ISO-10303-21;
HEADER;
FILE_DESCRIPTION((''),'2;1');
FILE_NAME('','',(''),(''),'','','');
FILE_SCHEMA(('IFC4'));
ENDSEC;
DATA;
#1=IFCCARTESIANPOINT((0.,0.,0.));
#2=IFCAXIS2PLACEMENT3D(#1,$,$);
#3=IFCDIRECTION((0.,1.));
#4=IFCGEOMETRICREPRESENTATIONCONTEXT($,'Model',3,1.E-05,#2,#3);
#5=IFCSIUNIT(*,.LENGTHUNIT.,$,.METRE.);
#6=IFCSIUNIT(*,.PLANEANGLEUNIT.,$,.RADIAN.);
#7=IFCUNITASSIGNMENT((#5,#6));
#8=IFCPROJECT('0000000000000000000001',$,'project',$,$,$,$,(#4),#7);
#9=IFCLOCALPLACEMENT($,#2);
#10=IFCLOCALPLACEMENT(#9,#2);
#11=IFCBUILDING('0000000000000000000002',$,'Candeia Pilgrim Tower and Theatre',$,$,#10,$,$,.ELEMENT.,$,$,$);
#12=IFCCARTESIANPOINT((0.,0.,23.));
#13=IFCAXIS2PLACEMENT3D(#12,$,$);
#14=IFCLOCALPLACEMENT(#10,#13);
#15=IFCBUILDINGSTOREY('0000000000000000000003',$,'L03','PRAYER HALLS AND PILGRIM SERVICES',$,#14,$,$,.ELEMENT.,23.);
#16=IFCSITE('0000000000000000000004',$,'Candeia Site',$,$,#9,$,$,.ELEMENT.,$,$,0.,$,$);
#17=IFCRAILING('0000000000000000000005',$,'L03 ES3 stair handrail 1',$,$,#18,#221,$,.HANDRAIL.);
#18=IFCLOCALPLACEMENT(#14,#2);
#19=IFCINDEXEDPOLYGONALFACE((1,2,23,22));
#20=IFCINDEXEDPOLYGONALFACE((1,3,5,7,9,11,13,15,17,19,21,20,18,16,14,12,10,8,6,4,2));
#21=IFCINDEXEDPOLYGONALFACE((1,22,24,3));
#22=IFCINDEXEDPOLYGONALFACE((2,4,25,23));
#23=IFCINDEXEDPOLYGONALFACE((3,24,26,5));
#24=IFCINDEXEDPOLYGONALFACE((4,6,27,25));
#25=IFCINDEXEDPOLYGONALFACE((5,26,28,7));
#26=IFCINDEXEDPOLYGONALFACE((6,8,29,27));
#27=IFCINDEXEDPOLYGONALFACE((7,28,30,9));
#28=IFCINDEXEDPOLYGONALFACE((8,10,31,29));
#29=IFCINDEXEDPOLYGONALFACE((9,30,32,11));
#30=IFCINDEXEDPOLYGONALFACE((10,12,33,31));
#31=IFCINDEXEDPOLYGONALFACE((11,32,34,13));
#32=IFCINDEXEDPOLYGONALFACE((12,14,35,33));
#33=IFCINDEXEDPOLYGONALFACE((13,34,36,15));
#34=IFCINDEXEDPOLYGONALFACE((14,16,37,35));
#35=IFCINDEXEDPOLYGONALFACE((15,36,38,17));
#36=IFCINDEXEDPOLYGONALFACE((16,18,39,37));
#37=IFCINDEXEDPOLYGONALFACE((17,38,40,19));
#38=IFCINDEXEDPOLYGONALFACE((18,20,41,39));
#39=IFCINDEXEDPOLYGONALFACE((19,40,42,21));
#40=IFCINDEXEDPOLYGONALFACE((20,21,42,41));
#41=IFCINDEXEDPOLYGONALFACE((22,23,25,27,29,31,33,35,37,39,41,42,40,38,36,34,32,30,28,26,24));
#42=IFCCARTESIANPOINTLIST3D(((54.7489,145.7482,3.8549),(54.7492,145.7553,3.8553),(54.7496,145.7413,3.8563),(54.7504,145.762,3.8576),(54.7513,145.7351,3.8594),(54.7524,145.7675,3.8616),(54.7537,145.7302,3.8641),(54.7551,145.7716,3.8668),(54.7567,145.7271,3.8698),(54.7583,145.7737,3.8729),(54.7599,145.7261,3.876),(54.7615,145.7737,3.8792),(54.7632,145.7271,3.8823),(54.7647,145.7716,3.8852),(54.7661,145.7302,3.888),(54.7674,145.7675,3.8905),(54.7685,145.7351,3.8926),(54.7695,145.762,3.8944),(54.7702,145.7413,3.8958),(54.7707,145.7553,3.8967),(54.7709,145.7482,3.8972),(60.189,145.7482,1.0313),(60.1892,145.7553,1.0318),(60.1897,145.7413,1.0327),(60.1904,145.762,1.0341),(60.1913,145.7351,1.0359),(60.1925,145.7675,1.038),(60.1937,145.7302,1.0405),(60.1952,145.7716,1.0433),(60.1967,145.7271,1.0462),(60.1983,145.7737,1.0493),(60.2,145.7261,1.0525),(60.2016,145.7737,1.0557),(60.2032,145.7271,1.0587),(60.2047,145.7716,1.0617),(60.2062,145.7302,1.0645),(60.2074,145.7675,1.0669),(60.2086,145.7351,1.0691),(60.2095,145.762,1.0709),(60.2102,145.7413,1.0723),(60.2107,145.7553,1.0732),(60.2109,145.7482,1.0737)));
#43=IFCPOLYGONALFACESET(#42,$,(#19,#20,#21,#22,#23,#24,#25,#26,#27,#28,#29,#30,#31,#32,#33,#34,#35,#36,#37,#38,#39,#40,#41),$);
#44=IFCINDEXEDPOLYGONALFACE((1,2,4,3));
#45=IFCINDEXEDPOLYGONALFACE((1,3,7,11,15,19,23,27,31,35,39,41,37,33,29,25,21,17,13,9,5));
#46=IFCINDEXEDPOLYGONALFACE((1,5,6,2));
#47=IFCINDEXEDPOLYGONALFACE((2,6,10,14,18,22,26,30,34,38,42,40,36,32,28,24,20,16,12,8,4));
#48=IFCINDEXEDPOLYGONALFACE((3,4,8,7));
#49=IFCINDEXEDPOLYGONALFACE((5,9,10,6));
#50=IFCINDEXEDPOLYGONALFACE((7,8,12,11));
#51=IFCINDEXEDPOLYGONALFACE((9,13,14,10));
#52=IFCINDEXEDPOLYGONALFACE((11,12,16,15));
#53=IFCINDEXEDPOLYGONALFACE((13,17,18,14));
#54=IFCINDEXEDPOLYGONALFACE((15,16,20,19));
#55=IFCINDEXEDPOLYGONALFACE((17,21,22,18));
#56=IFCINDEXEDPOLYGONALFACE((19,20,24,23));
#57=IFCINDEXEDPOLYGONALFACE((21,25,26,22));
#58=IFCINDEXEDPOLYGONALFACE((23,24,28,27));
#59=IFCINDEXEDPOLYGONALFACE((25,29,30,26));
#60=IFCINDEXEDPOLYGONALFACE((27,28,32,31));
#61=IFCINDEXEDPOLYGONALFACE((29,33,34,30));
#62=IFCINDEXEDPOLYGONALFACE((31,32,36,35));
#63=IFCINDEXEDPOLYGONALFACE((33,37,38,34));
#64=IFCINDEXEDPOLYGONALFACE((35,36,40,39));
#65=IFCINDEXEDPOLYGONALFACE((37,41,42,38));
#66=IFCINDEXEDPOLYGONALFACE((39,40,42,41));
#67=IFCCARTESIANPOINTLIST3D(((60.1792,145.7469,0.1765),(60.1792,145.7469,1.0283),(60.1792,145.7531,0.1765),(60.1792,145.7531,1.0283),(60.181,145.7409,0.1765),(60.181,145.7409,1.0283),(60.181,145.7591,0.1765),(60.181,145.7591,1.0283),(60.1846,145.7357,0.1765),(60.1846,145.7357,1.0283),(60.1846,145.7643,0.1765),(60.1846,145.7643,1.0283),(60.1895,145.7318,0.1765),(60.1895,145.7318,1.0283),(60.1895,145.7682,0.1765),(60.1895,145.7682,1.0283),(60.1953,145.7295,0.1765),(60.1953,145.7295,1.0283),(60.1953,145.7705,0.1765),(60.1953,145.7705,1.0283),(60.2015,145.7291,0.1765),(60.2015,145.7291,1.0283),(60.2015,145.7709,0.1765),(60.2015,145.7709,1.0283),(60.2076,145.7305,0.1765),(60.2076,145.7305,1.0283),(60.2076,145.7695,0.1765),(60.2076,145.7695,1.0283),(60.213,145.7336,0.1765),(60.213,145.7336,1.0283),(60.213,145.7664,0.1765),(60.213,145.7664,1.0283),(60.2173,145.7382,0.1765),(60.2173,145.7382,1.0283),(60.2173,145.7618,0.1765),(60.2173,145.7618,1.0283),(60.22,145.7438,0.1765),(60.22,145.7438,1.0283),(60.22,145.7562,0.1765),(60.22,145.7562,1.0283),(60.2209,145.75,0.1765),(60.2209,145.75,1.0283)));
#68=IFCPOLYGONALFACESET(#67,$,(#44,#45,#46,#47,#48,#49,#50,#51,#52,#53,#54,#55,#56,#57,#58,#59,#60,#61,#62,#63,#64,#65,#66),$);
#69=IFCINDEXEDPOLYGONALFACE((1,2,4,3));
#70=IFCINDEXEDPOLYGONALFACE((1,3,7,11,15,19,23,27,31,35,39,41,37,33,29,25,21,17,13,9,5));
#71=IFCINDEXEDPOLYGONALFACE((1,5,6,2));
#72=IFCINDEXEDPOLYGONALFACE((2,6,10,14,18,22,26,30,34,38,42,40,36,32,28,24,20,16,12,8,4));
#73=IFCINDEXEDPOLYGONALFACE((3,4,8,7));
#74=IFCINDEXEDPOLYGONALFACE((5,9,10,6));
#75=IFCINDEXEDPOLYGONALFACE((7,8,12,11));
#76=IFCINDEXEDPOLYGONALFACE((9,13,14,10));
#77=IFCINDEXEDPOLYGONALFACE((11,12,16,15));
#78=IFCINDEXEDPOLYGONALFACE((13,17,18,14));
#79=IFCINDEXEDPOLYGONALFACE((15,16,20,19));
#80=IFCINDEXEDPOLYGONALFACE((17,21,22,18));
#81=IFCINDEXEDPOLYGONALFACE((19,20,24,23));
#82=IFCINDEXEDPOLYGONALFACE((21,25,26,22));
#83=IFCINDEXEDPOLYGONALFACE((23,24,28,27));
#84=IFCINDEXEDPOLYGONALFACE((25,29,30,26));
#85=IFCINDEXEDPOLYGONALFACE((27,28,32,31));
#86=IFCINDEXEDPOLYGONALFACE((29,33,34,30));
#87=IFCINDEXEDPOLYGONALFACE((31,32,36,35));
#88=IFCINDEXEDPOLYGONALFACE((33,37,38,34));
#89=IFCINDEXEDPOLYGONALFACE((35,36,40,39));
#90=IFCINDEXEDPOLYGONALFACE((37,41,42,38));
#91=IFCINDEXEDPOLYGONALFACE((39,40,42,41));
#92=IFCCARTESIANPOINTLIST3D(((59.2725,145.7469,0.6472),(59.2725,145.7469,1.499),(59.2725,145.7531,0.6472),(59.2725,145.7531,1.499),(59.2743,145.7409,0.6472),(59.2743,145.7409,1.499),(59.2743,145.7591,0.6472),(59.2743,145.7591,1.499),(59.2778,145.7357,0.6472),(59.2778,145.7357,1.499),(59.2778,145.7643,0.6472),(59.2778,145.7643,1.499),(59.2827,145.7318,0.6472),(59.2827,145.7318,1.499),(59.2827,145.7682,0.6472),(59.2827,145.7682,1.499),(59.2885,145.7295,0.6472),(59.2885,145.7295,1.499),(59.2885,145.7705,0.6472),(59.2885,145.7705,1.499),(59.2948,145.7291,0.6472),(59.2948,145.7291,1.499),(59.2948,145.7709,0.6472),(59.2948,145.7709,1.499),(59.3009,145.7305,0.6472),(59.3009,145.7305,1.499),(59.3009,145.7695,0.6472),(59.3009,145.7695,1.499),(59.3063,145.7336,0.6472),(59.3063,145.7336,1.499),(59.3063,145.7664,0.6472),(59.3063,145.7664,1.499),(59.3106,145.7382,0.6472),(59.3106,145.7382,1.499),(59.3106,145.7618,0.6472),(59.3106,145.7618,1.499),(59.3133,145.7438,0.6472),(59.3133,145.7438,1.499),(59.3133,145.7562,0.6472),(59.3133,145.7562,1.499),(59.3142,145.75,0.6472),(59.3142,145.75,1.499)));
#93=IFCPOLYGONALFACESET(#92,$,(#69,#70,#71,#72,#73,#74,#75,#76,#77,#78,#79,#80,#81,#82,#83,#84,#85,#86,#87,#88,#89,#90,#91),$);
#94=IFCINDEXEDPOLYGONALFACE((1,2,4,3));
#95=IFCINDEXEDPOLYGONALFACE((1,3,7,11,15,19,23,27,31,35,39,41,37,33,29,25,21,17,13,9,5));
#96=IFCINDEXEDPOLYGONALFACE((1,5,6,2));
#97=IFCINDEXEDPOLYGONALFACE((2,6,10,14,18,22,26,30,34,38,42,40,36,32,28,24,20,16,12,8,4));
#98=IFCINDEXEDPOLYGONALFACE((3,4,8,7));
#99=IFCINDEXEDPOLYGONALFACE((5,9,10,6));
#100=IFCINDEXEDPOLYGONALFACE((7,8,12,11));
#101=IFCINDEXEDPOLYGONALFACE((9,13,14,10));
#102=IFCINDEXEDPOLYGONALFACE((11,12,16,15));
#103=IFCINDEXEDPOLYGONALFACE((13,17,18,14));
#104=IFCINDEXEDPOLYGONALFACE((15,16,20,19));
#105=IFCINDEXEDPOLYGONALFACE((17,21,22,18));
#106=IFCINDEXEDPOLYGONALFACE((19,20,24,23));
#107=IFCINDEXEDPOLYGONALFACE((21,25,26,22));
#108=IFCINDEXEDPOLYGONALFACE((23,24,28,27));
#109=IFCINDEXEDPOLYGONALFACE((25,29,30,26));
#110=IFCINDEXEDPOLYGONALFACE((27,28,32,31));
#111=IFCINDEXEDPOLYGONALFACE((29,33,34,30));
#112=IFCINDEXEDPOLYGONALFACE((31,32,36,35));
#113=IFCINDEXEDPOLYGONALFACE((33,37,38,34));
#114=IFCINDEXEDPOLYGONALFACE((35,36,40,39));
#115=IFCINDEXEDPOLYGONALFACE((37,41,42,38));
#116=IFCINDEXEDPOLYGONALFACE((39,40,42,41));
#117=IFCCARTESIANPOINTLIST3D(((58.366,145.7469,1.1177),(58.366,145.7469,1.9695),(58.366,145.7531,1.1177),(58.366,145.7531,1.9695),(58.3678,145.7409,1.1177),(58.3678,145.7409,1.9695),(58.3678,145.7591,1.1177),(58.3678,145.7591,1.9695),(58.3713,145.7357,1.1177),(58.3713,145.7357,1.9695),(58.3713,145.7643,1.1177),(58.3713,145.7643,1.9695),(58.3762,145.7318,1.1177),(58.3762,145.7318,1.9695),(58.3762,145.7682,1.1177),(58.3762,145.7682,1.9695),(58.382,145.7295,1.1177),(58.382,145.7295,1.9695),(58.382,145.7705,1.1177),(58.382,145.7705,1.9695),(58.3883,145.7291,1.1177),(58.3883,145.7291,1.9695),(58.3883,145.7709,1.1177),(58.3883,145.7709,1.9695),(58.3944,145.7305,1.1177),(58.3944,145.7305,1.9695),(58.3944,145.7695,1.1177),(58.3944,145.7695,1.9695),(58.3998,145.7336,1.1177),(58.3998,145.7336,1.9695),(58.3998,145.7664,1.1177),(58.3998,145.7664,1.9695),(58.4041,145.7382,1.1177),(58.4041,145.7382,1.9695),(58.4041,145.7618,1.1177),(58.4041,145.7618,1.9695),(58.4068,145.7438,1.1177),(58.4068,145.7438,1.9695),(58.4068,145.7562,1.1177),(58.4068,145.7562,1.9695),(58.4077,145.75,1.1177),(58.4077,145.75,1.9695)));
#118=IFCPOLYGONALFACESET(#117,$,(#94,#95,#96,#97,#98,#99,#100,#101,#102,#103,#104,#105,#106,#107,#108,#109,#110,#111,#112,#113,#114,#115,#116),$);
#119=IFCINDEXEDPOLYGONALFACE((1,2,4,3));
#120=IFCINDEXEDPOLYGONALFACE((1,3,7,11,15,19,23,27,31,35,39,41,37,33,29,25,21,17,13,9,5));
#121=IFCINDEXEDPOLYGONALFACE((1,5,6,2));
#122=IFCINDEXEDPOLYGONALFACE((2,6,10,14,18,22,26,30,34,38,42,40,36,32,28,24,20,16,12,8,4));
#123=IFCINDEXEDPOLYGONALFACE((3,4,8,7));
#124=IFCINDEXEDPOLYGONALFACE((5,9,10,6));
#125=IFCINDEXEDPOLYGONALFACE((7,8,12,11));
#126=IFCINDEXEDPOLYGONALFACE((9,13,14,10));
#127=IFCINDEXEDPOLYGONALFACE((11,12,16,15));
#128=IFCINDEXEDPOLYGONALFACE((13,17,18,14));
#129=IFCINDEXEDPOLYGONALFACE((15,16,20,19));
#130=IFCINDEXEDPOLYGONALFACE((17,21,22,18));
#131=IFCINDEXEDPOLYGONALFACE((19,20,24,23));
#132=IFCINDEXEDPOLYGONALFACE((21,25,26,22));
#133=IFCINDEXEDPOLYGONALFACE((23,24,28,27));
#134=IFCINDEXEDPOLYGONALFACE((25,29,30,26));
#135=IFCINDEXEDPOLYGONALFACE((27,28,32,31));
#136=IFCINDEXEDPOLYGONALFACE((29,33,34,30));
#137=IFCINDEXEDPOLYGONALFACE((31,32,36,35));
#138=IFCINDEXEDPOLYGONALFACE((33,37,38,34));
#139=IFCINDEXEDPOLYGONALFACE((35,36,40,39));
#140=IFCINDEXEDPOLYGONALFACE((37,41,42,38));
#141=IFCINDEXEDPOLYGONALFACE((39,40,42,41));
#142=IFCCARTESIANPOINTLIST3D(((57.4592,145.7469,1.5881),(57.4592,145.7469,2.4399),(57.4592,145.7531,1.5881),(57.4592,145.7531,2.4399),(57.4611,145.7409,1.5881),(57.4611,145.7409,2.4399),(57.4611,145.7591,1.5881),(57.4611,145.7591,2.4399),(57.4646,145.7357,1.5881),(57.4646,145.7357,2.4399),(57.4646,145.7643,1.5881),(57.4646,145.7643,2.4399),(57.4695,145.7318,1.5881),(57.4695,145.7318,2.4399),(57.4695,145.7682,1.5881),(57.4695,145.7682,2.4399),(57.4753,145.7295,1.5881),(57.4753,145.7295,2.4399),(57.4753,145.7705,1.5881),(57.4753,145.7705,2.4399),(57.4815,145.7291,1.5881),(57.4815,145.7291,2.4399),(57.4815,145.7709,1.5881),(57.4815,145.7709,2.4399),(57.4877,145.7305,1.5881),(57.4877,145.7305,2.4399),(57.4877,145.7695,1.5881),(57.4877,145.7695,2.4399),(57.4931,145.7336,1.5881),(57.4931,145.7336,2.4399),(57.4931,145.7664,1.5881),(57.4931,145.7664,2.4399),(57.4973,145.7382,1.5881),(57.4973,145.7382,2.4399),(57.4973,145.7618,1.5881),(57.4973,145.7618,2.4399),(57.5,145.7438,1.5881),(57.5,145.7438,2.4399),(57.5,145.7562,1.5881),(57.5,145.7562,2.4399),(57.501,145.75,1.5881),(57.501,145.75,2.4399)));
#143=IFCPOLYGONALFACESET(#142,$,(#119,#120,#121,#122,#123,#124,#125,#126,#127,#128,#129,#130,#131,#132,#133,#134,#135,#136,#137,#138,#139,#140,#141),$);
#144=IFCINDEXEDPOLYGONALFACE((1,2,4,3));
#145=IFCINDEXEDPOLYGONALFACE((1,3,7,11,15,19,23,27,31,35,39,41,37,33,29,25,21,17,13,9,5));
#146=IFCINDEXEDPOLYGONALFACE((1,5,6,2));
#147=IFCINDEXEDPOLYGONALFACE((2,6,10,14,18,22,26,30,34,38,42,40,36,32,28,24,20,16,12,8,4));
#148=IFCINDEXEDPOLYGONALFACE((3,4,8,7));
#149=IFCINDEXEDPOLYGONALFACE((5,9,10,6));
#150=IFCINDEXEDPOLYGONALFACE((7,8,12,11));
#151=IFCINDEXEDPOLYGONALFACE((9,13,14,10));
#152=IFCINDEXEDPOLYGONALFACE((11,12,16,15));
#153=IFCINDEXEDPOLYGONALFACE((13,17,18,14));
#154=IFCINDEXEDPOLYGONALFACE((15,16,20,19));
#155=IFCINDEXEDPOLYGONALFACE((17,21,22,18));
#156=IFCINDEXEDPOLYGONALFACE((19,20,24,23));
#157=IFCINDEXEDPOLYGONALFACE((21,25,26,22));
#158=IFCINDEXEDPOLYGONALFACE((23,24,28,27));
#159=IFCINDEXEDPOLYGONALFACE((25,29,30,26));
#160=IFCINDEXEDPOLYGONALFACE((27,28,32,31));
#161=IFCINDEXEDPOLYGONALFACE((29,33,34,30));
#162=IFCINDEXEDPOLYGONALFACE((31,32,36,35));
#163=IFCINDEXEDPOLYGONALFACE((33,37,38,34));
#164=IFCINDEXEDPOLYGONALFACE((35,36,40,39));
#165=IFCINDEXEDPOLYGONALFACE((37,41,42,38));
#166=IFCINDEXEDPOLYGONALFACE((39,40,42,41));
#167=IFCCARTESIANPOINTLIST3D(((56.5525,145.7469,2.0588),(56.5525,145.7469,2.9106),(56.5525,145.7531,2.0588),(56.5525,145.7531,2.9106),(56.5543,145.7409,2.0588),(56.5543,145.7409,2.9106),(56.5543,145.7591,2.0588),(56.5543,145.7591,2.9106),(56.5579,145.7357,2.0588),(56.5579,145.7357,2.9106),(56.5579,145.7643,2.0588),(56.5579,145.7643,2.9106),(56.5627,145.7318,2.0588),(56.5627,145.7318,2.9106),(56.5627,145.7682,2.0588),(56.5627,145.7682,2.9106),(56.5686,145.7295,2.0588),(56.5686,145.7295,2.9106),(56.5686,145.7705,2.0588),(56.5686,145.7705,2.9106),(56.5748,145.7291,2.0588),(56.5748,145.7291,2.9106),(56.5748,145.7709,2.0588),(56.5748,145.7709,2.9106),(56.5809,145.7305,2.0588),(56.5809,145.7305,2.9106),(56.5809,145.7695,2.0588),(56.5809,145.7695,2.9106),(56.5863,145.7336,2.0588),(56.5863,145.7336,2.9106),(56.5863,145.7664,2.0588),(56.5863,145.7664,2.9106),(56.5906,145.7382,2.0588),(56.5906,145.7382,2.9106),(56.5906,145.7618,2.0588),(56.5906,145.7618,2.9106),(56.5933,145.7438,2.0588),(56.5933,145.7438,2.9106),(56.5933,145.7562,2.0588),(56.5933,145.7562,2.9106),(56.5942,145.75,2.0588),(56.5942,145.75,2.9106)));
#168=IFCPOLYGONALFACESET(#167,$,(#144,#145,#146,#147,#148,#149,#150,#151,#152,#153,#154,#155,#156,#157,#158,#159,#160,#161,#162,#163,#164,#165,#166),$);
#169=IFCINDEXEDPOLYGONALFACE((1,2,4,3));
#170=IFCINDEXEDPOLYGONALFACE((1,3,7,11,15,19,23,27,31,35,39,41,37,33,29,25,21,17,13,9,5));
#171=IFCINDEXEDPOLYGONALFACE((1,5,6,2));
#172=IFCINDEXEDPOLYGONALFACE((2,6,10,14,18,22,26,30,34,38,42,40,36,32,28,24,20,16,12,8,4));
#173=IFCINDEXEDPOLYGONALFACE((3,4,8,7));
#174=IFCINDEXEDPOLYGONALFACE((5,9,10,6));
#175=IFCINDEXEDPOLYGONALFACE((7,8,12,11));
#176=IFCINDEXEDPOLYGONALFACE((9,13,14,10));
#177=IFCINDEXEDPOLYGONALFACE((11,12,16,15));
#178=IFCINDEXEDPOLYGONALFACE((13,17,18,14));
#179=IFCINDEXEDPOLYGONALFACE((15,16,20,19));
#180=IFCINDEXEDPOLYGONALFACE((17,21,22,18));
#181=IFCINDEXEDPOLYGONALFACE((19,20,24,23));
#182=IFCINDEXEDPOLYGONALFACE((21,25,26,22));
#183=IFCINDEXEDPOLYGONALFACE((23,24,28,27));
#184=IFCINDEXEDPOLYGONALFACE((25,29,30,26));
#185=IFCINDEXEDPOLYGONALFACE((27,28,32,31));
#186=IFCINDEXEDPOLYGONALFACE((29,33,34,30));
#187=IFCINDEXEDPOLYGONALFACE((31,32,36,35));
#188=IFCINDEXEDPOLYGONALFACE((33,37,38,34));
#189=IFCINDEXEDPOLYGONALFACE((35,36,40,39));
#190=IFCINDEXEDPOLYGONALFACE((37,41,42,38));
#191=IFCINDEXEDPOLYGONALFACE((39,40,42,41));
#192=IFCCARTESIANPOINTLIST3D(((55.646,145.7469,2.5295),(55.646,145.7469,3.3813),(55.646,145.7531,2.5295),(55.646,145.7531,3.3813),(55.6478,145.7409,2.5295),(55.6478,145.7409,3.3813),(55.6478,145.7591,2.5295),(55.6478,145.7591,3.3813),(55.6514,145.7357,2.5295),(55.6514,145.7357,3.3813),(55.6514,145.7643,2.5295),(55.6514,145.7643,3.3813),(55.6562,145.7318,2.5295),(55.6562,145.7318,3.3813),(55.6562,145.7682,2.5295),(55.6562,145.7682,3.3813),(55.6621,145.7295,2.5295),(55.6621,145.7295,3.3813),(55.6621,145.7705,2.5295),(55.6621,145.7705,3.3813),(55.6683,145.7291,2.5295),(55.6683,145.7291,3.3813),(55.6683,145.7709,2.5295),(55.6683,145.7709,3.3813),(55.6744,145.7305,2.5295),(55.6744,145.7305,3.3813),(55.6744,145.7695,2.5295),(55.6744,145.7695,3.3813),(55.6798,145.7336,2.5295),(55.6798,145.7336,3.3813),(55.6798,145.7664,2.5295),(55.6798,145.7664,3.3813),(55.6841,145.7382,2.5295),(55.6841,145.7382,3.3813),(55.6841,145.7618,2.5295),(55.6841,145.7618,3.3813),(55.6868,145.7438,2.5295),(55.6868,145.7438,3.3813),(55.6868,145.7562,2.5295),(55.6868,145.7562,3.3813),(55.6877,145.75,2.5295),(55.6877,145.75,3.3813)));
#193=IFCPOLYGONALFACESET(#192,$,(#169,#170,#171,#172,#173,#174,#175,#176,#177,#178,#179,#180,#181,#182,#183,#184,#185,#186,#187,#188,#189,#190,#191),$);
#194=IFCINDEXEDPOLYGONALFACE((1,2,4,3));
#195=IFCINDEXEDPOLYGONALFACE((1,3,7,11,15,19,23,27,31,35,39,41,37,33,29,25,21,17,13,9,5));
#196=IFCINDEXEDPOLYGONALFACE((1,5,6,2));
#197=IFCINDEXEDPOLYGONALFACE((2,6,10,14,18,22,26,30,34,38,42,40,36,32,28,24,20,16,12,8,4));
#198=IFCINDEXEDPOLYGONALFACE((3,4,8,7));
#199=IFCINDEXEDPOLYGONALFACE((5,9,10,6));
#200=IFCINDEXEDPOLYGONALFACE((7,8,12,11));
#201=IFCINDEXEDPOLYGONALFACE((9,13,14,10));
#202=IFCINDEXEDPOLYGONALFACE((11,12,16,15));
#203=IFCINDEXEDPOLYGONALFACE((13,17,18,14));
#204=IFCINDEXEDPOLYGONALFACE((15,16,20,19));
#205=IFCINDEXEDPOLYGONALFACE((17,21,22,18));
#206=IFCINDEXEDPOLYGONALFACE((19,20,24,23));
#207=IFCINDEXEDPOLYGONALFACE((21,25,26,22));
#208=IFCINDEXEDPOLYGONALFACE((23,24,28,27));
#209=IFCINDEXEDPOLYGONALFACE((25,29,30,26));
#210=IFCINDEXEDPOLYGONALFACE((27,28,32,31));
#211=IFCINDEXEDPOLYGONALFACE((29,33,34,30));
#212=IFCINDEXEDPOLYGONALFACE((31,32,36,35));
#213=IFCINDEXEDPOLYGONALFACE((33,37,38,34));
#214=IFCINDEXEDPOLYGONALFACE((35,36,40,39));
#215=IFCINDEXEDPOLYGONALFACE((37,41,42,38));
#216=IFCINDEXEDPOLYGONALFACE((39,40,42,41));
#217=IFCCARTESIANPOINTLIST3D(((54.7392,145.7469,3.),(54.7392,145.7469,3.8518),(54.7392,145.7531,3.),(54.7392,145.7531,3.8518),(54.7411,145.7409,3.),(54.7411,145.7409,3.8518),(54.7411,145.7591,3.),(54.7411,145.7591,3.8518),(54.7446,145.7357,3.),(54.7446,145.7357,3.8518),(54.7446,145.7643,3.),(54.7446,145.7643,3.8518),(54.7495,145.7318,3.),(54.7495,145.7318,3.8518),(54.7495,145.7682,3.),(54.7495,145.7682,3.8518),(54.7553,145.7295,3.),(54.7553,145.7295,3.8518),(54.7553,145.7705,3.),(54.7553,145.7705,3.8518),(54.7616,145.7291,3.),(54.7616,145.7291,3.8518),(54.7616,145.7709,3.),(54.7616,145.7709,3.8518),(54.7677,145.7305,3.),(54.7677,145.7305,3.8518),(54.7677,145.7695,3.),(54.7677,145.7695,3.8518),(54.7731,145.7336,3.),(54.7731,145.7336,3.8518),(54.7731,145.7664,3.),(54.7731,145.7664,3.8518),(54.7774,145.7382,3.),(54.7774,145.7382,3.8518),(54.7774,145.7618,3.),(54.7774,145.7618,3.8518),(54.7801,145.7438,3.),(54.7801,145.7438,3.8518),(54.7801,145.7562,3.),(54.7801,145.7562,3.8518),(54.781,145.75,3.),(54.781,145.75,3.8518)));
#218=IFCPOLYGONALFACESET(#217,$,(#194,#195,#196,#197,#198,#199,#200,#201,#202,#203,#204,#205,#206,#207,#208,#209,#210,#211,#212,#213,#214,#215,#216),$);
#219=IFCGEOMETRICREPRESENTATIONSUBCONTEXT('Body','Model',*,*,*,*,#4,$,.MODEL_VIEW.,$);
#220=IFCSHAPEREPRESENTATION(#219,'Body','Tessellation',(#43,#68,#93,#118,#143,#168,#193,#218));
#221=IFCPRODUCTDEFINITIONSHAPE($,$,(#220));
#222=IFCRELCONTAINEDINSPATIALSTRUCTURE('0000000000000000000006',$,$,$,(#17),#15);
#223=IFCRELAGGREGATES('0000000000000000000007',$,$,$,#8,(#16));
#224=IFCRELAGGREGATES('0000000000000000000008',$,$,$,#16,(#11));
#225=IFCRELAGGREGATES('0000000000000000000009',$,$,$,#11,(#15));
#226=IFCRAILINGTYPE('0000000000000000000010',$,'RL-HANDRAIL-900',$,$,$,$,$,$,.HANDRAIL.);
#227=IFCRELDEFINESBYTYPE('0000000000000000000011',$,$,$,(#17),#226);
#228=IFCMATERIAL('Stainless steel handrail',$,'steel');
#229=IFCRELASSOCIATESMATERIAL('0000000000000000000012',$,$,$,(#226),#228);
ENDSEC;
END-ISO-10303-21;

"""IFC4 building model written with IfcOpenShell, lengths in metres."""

from ifc_helpers import new_model, si_unit, direction, frame, origin, origin_2d, place, context, subcontext, project, spatial, circle, extrude, material, type_object, element, save


model = new_model("IFC4")

# Units and contexts
model_context = context("Model", 3, precision=1e-05, world=origin(), true_north=direction((0.0, 1.0)))
body_context = subcontext(model_context, "Body", "Model", "MODEL_VIEW")
ifc_project = project(units=[si_unit("LENGTHUNIT", "METRE"), si_unit("PLANEANGLEUNIT", "RADIAN")], contexts=[model_context])

# Site, building, storey
site_placement = place(None, origin())
site = spatial("IfcSite", under=ifc_project, at=site_placement, Name="Candeia Site", CompositionType="ELEMENT", RefElevation=0.0)
building_placement = place(site_placement, origin())
building = spatial("IfcBuilding", under=site, at=building_placement, Name="Candeia Pilgrim Tower and Theatre", CompositionType="ELEMENT")
storey_placement = place(building_placement, frame((0.0, 0.0, 23.0)))
storey = spatial("IfcBuildingStorey", under=building, at=storey_placement, Name="L03", Description="PRAYER HALLS AND PILGRIM SERVICES", CompositionType="ELEMENT", Elevation=23.0)

# Railing
ifc_material_1 = material(Name="Stainless steel handrail", Category="steel")
railing_type_1 = type_object("IfcRailingType", Name="RL-HANDRAIL-900", PredefinedType="HANDRAIL", material=ifc_material_1)
railing_1_placement = place(storey_placement, frame((60.2, 145.75, 0.1765)))
element("IfcRailing", 1, at=railing_1_placement, inside=storey, type_object=railing_type_1, Name="L03 ES3 stair handrail 1", PredefinedType="HANDRAIL", context=body_context, shape_type="SweptSolid", body=[
    extrude(circle(Radius=0.0239, at=origin_2d()), frame((0.0, 0.0, 0.876), z_axis=(-0.887569, 0.0, 0.460674), x_axis=(0.0, -1.0, 0.0)), (0.0, 0.0, 1.0), 6.1292),
    extrude(circle(Radius=0.021, at=origin_2d()), origin(), (0.0, 0.0, 1.0), 0.8518),
    extrude(circle(Radius=0.021, at=origin_2d()), frame((-0.9067, 0.0, 0.4707)), (0.0, 0.0, 1.0), 0.8518),
    extrude(circle(Radius=0.021, at=origin_2d()), frame((-1.8132, 0.0, 0.9412)), (0.0, 0.0, 1.0), 0.8518),
    extrude(circle(Radius=0.021, at=origin_2d()), frame((-2.72, 0.0, 1.4116)), (0.0, 0.0, 1.0), 0.8518),
    extrude(circle(Radius=0.021, at=origin_2d()), frame((-3.6267, 0.0, 1.8823)), (0.0, 0.0, 1.0), 0.8518),
    extrude(circle(Radius=0.021, at=origin_2d()), frame((-4.5332, 0.0, 2.353)), (0.0, 0.0, 1.0), 0.8518),
    extrude(circle(Radius=0.021, at=origin_2d()), frame((-5.4399, 0.0, 2.8235)), (0.0, 0.0, 1.0), 0.8518),
])

save(model, "model.ifc")
